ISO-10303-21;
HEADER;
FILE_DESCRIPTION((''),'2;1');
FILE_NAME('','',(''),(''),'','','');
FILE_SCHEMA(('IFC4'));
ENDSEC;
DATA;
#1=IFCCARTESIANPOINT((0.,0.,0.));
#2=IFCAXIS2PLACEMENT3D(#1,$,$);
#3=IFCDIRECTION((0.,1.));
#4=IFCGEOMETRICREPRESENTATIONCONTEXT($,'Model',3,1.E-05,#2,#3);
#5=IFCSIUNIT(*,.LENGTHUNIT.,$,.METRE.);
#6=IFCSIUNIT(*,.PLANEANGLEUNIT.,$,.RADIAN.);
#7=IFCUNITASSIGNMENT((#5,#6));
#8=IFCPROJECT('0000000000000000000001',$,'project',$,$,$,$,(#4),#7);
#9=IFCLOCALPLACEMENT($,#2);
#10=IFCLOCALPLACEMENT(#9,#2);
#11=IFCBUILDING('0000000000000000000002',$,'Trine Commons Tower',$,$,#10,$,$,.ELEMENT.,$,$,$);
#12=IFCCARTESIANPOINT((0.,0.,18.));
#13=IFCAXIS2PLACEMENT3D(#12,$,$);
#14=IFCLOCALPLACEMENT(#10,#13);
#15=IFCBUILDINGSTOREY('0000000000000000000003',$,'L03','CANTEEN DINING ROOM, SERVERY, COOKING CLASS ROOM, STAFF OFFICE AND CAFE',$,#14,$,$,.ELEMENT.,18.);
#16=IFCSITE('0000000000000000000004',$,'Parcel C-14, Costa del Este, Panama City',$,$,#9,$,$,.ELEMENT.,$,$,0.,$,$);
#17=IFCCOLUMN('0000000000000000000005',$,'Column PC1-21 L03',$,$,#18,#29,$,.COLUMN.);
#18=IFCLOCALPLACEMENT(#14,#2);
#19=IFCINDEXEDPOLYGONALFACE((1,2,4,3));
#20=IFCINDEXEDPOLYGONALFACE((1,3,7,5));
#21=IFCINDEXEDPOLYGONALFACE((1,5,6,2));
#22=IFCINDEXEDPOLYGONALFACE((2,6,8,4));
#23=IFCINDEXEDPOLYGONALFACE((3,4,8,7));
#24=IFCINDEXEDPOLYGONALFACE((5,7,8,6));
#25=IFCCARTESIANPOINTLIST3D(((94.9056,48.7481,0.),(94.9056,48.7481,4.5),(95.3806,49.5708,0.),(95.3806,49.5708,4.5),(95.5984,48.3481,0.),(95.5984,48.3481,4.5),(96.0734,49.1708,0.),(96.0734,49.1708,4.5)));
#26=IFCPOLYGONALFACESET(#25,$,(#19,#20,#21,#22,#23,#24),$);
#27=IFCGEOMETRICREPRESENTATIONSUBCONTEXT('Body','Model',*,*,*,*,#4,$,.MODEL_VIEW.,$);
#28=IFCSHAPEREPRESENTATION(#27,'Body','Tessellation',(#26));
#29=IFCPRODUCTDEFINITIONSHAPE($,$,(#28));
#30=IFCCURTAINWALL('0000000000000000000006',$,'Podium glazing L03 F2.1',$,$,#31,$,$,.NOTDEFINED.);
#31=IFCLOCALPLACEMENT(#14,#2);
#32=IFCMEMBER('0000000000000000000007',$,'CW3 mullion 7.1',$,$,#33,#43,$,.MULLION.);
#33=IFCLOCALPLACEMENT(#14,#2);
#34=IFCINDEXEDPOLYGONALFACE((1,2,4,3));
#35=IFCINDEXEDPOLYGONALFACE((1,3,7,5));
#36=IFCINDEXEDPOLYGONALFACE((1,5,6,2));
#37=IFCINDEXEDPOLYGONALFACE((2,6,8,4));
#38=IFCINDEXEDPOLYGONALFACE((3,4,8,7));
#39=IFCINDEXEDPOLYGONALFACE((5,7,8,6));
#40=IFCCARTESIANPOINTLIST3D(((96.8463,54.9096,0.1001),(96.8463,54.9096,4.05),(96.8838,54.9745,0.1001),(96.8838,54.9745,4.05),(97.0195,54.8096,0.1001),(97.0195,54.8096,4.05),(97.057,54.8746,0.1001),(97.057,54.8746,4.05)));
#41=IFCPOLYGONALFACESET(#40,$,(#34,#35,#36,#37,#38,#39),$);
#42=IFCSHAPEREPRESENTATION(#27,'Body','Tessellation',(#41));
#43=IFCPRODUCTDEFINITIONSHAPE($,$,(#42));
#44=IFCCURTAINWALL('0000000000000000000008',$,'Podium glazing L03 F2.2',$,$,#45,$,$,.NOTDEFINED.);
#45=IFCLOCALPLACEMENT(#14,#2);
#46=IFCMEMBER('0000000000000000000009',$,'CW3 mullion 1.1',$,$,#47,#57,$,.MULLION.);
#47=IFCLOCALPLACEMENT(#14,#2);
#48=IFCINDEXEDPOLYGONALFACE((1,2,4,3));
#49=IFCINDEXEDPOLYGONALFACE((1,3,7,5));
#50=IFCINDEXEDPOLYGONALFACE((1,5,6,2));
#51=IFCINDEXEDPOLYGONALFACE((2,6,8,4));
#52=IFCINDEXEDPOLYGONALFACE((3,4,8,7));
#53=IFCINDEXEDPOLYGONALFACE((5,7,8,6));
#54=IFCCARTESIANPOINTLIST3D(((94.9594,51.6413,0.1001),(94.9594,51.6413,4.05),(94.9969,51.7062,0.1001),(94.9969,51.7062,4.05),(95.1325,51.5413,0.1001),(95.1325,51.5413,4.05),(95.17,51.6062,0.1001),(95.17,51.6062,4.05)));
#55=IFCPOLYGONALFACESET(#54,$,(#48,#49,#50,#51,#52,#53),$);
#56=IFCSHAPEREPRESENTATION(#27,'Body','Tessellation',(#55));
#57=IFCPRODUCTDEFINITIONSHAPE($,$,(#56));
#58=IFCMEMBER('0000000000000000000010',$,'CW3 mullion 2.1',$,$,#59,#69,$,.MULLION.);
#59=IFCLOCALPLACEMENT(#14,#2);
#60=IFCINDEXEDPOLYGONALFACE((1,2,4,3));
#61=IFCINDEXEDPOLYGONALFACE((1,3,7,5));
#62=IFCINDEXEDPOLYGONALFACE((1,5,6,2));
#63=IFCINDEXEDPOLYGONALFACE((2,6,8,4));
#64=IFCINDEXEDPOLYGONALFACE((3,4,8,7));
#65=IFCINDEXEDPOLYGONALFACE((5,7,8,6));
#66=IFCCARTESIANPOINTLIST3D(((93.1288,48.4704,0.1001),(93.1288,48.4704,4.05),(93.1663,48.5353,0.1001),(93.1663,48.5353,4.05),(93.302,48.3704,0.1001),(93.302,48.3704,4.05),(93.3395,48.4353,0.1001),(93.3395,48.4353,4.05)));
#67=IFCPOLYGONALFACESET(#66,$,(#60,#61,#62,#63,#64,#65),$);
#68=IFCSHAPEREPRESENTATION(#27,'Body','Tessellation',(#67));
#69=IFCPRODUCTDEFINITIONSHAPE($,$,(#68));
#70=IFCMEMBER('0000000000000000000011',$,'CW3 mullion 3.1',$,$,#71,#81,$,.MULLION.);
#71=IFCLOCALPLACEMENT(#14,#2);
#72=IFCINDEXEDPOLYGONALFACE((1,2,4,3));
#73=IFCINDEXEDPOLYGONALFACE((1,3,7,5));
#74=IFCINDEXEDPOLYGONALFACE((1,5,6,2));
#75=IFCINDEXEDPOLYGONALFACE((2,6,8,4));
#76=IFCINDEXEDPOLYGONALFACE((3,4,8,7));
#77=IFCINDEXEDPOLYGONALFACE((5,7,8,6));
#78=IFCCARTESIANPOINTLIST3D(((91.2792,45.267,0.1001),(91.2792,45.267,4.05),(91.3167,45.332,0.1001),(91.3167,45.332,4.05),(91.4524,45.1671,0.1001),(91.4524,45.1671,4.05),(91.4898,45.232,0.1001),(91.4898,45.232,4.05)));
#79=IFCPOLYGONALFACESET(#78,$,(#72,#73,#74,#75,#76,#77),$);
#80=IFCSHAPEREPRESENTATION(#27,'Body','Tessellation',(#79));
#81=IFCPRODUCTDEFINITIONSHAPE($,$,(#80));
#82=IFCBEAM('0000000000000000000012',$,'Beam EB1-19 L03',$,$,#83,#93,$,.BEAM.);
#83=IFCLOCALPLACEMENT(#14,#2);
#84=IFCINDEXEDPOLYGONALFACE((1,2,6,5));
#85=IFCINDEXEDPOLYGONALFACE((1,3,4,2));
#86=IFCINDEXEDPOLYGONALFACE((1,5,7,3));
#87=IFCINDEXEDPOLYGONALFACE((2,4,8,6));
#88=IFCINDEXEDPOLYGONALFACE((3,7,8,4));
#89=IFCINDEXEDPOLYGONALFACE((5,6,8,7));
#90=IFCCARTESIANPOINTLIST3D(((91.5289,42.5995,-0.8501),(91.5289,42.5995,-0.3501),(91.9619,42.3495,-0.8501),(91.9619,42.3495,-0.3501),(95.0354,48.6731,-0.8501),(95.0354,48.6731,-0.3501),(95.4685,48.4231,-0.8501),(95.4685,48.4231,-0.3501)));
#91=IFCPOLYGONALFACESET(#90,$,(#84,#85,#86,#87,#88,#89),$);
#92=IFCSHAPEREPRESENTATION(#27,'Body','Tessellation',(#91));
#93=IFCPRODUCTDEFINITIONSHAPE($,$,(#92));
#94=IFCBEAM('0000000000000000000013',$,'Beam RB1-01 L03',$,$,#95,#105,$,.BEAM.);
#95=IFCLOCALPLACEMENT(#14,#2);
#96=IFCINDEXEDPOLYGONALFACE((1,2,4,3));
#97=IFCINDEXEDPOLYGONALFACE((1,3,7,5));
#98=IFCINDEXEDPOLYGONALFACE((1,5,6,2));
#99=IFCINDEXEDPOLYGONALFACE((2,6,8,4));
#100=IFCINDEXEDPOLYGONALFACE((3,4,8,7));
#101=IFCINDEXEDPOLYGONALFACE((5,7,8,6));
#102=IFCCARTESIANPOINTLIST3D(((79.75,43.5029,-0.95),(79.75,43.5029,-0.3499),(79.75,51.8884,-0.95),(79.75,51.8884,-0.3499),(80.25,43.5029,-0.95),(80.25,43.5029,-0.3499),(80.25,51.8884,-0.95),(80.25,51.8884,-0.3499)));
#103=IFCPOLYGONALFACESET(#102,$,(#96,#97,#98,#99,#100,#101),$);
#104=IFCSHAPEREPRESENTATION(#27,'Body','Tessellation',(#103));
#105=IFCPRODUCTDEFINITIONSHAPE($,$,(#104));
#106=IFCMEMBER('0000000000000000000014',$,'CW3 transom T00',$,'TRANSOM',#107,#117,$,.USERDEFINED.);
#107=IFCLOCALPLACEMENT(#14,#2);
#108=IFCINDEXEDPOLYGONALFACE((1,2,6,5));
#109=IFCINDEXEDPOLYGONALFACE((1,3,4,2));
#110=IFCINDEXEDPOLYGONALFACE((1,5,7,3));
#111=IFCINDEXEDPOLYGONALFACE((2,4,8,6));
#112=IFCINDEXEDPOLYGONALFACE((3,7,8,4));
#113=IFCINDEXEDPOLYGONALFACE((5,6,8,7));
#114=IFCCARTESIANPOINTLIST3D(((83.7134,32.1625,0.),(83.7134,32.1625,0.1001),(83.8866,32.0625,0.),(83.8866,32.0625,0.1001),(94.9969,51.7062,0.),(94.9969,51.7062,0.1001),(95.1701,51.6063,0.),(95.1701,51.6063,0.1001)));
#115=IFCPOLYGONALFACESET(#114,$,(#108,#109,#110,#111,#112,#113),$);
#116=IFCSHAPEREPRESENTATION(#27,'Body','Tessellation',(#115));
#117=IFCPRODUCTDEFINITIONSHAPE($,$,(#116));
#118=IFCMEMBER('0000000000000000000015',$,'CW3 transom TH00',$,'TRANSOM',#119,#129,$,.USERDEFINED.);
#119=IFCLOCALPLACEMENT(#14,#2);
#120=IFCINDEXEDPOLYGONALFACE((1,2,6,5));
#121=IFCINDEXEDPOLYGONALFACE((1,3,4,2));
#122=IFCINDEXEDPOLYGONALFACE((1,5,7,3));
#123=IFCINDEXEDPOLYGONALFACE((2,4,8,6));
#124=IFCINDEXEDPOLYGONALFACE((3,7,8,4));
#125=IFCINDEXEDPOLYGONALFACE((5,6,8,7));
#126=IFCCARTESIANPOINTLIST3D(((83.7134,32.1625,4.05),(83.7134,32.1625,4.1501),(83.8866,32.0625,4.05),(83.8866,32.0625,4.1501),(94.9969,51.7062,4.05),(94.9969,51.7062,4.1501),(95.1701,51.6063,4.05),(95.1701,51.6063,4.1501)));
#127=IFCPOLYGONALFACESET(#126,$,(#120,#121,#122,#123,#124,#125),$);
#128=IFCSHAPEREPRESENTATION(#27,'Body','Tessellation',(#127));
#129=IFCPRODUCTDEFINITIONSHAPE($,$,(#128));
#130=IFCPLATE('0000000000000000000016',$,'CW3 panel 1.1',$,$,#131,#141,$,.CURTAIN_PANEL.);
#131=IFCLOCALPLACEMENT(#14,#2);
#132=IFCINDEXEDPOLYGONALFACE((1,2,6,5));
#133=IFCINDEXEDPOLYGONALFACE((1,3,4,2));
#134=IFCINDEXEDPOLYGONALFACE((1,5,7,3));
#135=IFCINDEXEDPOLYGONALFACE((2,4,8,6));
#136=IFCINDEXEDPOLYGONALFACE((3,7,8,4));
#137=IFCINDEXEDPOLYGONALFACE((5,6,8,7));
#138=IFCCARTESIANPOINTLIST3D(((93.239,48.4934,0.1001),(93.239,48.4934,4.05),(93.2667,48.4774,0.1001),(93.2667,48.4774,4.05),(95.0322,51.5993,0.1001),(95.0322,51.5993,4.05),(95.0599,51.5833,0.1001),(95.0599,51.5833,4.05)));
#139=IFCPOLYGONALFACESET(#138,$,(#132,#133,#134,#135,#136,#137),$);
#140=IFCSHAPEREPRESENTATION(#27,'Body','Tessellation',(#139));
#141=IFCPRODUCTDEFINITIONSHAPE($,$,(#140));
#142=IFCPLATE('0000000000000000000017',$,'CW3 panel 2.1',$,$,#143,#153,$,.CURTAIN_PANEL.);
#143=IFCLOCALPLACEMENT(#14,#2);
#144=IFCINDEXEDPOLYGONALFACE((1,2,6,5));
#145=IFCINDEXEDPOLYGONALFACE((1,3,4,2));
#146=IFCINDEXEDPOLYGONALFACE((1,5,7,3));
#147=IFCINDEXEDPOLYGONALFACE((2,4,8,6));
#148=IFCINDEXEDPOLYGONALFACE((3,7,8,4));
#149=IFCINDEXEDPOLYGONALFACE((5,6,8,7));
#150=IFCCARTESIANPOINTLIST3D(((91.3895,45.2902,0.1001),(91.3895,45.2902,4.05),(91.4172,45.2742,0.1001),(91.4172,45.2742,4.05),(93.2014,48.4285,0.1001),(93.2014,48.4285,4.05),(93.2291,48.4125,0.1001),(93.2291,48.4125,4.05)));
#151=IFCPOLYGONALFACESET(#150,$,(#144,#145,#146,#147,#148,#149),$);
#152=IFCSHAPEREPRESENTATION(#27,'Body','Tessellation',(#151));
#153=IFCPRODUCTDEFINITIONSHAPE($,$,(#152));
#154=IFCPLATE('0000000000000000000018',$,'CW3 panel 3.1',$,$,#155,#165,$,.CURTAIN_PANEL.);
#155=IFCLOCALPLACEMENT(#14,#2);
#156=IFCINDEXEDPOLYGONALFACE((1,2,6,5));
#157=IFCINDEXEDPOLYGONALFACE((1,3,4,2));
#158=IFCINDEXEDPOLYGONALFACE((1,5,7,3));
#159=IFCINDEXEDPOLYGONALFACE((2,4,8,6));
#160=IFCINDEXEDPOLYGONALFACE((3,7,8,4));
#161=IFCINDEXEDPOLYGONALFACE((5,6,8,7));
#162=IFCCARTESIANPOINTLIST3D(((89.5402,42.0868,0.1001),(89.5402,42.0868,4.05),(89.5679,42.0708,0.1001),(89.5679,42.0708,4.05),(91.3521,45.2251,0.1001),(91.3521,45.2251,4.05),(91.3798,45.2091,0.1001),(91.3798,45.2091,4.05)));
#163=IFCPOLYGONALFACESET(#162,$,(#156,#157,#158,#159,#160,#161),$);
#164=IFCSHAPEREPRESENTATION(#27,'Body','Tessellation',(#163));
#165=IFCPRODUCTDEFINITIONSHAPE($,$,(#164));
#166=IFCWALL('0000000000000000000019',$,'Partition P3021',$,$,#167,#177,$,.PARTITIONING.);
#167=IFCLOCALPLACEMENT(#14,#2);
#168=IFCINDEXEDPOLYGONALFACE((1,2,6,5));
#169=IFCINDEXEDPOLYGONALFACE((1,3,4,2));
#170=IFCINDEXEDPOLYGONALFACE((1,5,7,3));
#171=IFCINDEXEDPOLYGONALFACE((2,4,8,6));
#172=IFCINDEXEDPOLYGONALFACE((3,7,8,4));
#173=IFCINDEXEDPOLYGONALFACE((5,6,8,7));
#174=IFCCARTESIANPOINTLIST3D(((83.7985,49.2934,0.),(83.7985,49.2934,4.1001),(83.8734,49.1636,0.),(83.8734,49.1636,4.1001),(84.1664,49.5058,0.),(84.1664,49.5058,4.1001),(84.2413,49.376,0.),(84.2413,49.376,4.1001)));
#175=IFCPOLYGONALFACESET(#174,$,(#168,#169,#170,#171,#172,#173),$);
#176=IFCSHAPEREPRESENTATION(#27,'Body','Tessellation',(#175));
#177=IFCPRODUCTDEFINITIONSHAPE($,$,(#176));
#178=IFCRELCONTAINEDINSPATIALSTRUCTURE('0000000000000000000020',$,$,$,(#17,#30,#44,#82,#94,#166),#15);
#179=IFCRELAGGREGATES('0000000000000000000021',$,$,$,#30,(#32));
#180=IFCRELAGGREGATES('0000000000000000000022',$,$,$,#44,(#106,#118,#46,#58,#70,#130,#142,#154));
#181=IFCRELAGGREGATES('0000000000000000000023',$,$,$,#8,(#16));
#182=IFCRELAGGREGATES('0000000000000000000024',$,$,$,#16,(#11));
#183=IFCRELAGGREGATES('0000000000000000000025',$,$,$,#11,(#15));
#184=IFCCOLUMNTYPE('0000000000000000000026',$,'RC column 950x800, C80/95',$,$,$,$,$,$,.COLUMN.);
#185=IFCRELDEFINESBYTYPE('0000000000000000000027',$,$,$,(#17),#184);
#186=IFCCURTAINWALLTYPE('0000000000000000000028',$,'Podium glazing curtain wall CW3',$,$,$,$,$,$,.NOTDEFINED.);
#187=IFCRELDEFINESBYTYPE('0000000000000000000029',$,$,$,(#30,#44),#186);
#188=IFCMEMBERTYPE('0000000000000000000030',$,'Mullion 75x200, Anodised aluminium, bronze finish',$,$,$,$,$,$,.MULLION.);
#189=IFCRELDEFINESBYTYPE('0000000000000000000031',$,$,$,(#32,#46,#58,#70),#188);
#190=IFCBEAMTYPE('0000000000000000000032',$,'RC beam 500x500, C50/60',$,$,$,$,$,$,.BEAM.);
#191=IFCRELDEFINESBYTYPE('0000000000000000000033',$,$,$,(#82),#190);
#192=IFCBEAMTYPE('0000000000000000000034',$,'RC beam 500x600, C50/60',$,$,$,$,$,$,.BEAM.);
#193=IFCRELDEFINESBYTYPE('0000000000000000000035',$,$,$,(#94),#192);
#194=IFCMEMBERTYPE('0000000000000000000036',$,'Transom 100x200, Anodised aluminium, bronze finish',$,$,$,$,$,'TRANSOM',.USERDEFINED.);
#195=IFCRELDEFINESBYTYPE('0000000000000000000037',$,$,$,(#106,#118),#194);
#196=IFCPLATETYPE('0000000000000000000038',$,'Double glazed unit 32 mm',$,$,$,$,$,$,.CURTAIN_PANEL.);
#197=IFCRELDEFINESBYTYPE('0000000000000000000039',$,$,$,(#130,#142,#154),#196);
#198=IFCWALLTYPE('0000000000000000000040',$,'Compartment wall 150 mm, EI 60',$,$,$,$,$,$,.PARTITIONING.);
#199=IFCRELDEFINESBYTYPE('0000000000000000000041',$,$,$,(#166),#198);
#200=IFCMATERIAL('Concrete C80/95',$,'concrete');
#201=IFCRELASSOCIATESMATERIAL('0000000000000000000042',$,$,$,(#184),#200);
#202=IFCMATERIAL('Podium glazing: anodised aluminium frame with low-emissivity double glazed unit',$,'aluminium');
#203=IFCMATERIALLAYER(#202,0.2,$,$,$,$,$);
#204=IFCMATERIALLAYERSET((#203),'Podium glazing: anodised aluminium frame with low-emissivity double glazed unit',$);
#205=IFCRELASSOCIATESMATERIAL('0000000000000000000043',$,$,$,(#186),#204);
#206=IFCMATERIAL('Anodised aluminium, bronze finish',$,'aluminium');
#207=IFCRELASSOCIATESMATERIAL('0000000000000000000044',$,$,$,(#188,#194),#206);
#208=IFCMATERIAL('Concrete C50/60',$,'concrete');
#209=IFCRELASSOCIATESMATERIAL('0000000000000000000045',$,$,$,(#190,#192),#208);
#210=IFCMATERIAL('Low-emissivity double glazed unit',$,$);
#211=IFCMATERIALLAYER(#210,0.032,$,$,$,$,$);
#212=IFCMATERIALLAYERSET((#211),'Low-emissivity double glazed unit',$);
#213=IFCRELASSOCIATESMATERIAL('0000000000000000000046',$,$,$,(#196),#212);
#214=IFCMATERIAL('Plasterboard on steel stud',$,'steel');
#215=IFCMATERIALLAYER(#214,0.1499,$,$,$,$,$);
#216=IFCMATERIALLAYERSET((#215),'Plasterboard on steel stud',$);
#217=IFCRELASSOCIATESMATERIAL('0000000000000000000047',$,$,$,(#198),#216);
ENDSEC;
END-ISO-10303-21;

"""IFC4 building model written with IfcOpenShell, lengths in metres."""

from ifc_helpers import new_model, si_unit, direction, frame, frame_2d, origin, origin_2d, place, context, subcontext, project, spatial, rectangle, extrude, material, layer, layer_set, material_profile, profile_set, type_object, element, aggregate, save


model = new_model("IFC4")

# Units and contexts
model_context = context("Model", 3, precision=1e-05, world=origin(), true_north=direction((0.0, 1.0)))
body_context = subcontext(model_context, "Body", "Model", "MODEL_VIEW")
ifc_project = project(units=[si_unit("LENGTHUNIT", "METRE"), si_unit("PLANEANGLEUNIT", "RADIAN")], contexts=[model_context])

# Site, building, storey
site_placement = place(None, origin())
site = spatial("IfcSite", under=ifc_project, at=site_placement, Name="Parcel C-14, Costa del Este, Panama City", CompositionType="ELEMENT", RefElevation=0.0)
building_placement = place(site_placement, origin())
building = spatial("IfcBuilding", under=site, at=building_placement, Name="Trine Commons Tower", CompositionType="ELEMENT")
storey_placement = place(building_placement, frame((0.0, 0.0, 18.0)))
storey = spatial("IfcBuildingStorey", under=building, at=storey_placement, Name="L03", Description="CANTEEN DINING ROOM, SERVERY, COOKING CLASS ROOM, STAFF OFFICE AND CAFE", CompositionType="ELEMENT", Elevation=18.0)

# Column
ifc_material_1 = material(Name="Concrete C80/95", Category="concrete")
ifc_material_profile_1 = material_profile(ifc_material_1, rectangle(XDim=0.95, YDim=0.8, at=origin_2d()), Name="RC 950x800")
ifc_profile_set_1 = profile_set([ifc_material_profile_1], Name="Concrete C80/95")
column_type = type_object("IfcColumnType", Name="RC column 950x800, C80/95", PredefinedType="COLUMN", material=ifc_profile_set_1)
column_placement = place(storey_placement, frame((95.4895, 48.9595, 0.0), z_axis=(0.0, 0.0, 1.0), x_axis=(0.5, 0.866025, 0.0)))
element("IfcColumn", 1, at=column_placement, inside=storey, type_object=column_type, Name="Column PC1-21 L03", PredefinedType="COLUMN", context=body_context, shape_type="SweptSolid", body=[
    extrude(rectangle(XDim=0.95, YDim=0.8, at=origin_2d()), origin(), (0.0, 0.0, 1.0), 4.5),
])

# Curtain wall, member
ifc_material_2 = material(Name="Podium glazing: anodised aluminium frame with low-emissivity double glazed unit", Category="aluminium")
ifc_layer_1 = layer(ifc_material_2, 0.2)
ifc_layer_set_1 = layer_set([ifc_layer_1], Name="Podium glazing: anodised aluminium frame with low-emissivity double glazed unit")
curtain_wall_type = type_object("IfcCurtainWallType", Name="Podium glazing curtain wall CW3", PredefinedType="NOTDEFINED", material=ifc_layer_set_1)
curtain_wall_1_placement = place(storey_placement, origin())
curtain_wall_1 = element("IfcCurtainWall", 2, at=curtain_wall_1_placement, inside=storey, type_object=curtain_wall_type, Name="Podium glazing L03 F2.1", PredefinedType="NOTDEFINED")
ifc_material_3 = material(Name="Anodised aluminium, bronze finish", Category="aluminium")
ifc_material_profile_2 = material_profile(ifc_material_3, rectangle(XDim=0.2, YDim=0.075, at=origin_2d()), Name="Mullion 75x200")
ifc_profile_set_2 = profile_set([ifc_material_profile_2], Name="Anodised aluminium, bronze finish")
member_type_1 = type_object("IfcMemberType", Name="Mullion 75x200, Anodised aluminium, bronze finish", PredefinedType="MULLION", material=ifc_profile_set_2)
member_1_placement = place(storey_placement, frame((96.9517, 54.8921, 0.1001), z_axis=(0.0, 0.0, 1.0), x_axis=(0.866025, -0.5, 0.0)))
member_1 = element("IfcMember", 3, at=member_1_placement, type_object=member_type_1, Name="CW3 mullion 7.1", PredefinedType="MULLION", context=body_context, shape_type="SweptSolid", body=[
    extrude(rectangle(XDim=0.2, YDim=0.075, at=origin_2d()), origin(), (0.0, 0.0, 1.0), 3.95),
])
aggregate(curtain_wall_1, [member_1])

# Curtain wall, members
curtain_wall_2_placement = place(storey_placement, origin())
curtain_wall_2 = element("IfcCurtainWall", 4, at=curtain_wall_2_placement, inside=storey, type_object=curtain_wall_type, Name="Podium glazing L03 F2.2", PredefinedType="NOTDEFINED")
member_2_placement = place(storey_placement, frame((95.0647, 51.6238, 0.1001), z_axis=(0.0, 0.0, 1.0), x_axis=(0.866025, -0.5, 0.0)))
member_2 = element("IfcMember", 5, at=member_2_placement, type_object=member_type_1, Name="CW3 mullion 1.1", PredefinedType="MULLION", context=body_context, shape_type="SweptSolid", body=[
    extrude(rectangle(XDim=0.2, YDim=0.075, at=origin_2d()), origin(), (0.0, 0.0, 1.0), 3.95),
])
member_3_placement = place(storey_placement, frame((93.2341, 48.4529, 0.1001), z_axis=(0.0, 0.0, 1.0), x_axis=(0.866025, -0.5, 0.0)))
member_3 = element("IfcMember", 6, at=member_3_placement, type_object=member_type_1, Name="CW3 mullion 2.1", PredefinedType="MULLION", context=body_context, shape_type="SweptSolid", body=[
    extrude(rectangle(XDim=0.2, YDim=0.075, at=origin_2d()), origin(), (0.0, 0.0, 1.0), 3.95),
])
member_4_placement = place(storey_placement, frame((91.3845, 45.2495, 0.1001), z_axis=(0.0, 0.0, 1.0), x_axis=(0.866025, -0.5, 0.0)))
member_4 = element("IfcMember", 7, at=member_4_placement, type_object=member_type_1, Name="CW3 mullion 3.1", PredefinedType="MULLION", context=body_context, shape_type="SweptSolid", body=[
    extrude(rectangle(XDim=0.2, YDim=0.075, at=origin_2d()), origin(), (0.0, 0.0, 1.0), 3.95),
])

# Beams
ifc_material_4 = material(Name="Concrete C50/60", Category="concrete")
ifc_material_profile_3 = material_profile(ifc_material_4, rectangle(XDim=0.5, YDim=0.5, at=origin_2d()), Name="RC 500x500")
ifc_profile_set_3 = profile_set([ifc_material_profile_3], Name="Concrete C50/60")
beam_type_1 = type_object("IfcBeamType", Name="RC beam 500x500, C50/60", PredefinedType="BEAM", material=ifc_profile_set_3)
beam_1_placement = place(storey_placement, frame((95.252, 48.5481, -0.6001), z_axis=(-0.499992, -0.86603, 0.0), x_axis=(0.86603, -0.499992, 0.0)))
element("IfcBeam", 8, at=beam_1_placement, inside=storey, type_object=beam_type_1, Name="Beam EB1-19 L03", PredefinedType="BEAM", context=body_context, shape_type="SweptSolid", body=[
    extrude(rectangle(XDim=0.5, YDim=0.5, at=origin_2d()), origin(), (0.0, 0.0, 1.0), 7.0132),
])
ifc_material_profile_4 = material_profile(ifc_material_4, rectangle(XDim=0.5, YDim=0.6001, at=origin_2d()), Name="RC 500x600")
ifc_profile_set_4 = profile_set([ifc_material_profile_4], Name="Concrete C50/60")
beam_type_2 = type_object("IfcBeamType", Name="RC beam 500x600, C50/60", PredefinedType="BEAM", material=ifc_profile_set_4)
beam_2_placement = place(storey_placement, frame((80.0, 51.8884, -0.6499), z_axis=(0.0, -1.0, 0.0), x_axis=(1.0, 0.0, 0.0)))
element("IfcBeam", 9, at=beam_2_placement, inside=storey, type_object=beam_type_2, Name="Beam RB1-01 L03", PredefinedType="BEAM", context=body_context, shape_type="SweptSolid", body=[
    extrude(rectangle(XDim=0.5, YDim=0.6001, at=origin_2d()), origin(), (0.0, 0.0, 1.0), 8.3855),
])

# Members
ifc_material_profile_5 = material_profile(ifc_material_3, rectangle(XDim=0.2, YDim=0.1001, at=origin_2d()), Name="Transom 100x200")
ifc_profile_set_5 = profile_set([ifc_material_profile_5], Name="Anodised aluminium, bronze finish")
member_type_2 = type_object("IfcMemberType", Name="Transom 100x200, Anodised aluminium, bronze finish", ElementType="TRANSOM", PredefinedType="USERDEFINED", material=ifc_profile_set_5)
member_5_placement = place(storey_placement, frame((95.0835, 51.6562, 0.05), z_axis=(-0.499996, -0.866028, 0.0), x_axis=(0.866028, -0.499996, 0.0)))
member_5 = element("IfcMember", 10, at=member_5_placement, type_object=member_type_2, Name="CW3 transom T00", ObjectType="TRANSOM", PredefinedType="USERDEFINED", context=body_context, shape_type="SweptSolid", body=[
    extrude(rectangle(XDim=0.2, YDim=0.1001, at=origin_2d()), origin(), (0.0, 0.0, 1.0), 22.5671),
])
member_6_placement = place(storey_placement, frame((95.0835, 51.6562, 4.1001), z_axis=(-0.499996, -0.866028, 0.0), x_axis=(0.866028, -0.499996, 0.0)))
member_6 = element("IfcMember", 11, at=member_6_placement, type_object=member_type_2, Name="CW3 transom TH00", ObjectType="TRANSOM", PredefinedType="USERDEFINED", context=body_context, shape_type="SweptSolid", body=[
    extrude(rectangle(XDim=0.2, YDim=0.1001, at=origin_2d()), origin(), (0.0, 0.0, 1.0), 22.5671),
])

# Plates
ifc_material_5 = material(Name="Low-emissivity double glazed unit")
ifc_layer_2 = layer(ifc_material_5, 0.032)
ifc_layer_set_2 = layer_set([ifc_layer_2], Name="Low-emissivity double glazed unit")
plate_type = type_object("IfcPlateType", Name="Double glazed unit 32 mm", PredefinedType="CURTAIN_PANEL", material=ifc_layer_set_2)
plate_1_placement = place(storey_placement, frame((94.1494, 50.0383, 0.1001), z_axis=(0.0, 0.0, 1.0), x_axis=(-0.5, -0.866025, 0.0)))
plate_1 = element("IfcPlate", 12, at=plate_1_placement, type_object=plate_type, Name="CW3 panel 1.1", PredefinedType="CURTAIN_PANEL", context=body_context, shape_type="SweptSolid", body=[
    extrude(rectangle(XDim=3.5864, YDim=0.032, at=origin_2d()), origin(), (0.0, 0.0, 1.0), 3.95),
])
plate_2_placement = place(storey_placement, frame((92.3093, 46.8513, 0.1001), z_axis=(0.0, 0.0, 1.0), x_axis=(-0.5, -0.866025, 0.0)))
plate_2 = element("IfcPlate", 13, at=plate_2_placement, type_object=plate_type, Name="CW3 panel 2.1", PredefinedType="CURTAIN_PANEL", context=body_context, shape_type="SweptSolid", body=[
    extrude(rectangle(XDim=3.6238, YDim=0.032, at=origin_2d()), origin(), (0.0, 0.0, 1.0), 3.95),
])
plate_3_placement = place(storey_placement, frame((90.46, 43.6479, 0.1001), z_axis=(0.0, 0.0, 1.0), x_axis=(-0.5, -0.866025, 0.0)))
plate_3 = element("IfcPlate", 14, at=plate_3_placement, type_object=plate_type, Name="CW3 panel 3.1", PredefinedType="CURTAIN_PANEL", context=body_context, shape_type="SweptSolid", body=[
    extrude(rectangle(XDim=3.6238, YDim=0.032, at=origin_2d()), origin(), (0.0, 0.0, 1.0), 3.95),
])
aggregate(curtain_wall_2, [member_5, member_6, member_2, member_3, member_4, plate_1, plate_2, plate_3])

# Wall
ifc_material_6 = material(Name="Plasterboard on steel stud", Category="steel")
ifc_layer_3 = layer(ifc_material_6, 0.1499)
ifc_layer_set_3 = layer_set([ifc_layer_3], Name="Plasterboard on steel stud")
wall_type_1 = type_object("IfcWallType", Name="Compartment wall 150 mm, EI 60", PredefinedType="PARTITIONING", material=ifc_layer_set_3)
wall_1_placement = place(storey_placement, frame((83.8359, 49.2285, 0.0), z_axis=(0.0, 0.0, 1.0), x_axis=(0.866042, 0.499971, 0.0)))
element("IfcWall", 15, at=wall_1_placement, inside=storey, type_object=wall_type_1, Name="Partition P3021", PredefinedType="PARTITIONING", context=body_context, shape_type="SweptSolid", body=[
    extrude(rectangle(XDim=0.4248, YDim=0.1499, at=frame_2d((0.2124, 0.0))), origin(), (0.0, 0.0, 1.0), 4.1001),
])

save(model, "model.ifc")
